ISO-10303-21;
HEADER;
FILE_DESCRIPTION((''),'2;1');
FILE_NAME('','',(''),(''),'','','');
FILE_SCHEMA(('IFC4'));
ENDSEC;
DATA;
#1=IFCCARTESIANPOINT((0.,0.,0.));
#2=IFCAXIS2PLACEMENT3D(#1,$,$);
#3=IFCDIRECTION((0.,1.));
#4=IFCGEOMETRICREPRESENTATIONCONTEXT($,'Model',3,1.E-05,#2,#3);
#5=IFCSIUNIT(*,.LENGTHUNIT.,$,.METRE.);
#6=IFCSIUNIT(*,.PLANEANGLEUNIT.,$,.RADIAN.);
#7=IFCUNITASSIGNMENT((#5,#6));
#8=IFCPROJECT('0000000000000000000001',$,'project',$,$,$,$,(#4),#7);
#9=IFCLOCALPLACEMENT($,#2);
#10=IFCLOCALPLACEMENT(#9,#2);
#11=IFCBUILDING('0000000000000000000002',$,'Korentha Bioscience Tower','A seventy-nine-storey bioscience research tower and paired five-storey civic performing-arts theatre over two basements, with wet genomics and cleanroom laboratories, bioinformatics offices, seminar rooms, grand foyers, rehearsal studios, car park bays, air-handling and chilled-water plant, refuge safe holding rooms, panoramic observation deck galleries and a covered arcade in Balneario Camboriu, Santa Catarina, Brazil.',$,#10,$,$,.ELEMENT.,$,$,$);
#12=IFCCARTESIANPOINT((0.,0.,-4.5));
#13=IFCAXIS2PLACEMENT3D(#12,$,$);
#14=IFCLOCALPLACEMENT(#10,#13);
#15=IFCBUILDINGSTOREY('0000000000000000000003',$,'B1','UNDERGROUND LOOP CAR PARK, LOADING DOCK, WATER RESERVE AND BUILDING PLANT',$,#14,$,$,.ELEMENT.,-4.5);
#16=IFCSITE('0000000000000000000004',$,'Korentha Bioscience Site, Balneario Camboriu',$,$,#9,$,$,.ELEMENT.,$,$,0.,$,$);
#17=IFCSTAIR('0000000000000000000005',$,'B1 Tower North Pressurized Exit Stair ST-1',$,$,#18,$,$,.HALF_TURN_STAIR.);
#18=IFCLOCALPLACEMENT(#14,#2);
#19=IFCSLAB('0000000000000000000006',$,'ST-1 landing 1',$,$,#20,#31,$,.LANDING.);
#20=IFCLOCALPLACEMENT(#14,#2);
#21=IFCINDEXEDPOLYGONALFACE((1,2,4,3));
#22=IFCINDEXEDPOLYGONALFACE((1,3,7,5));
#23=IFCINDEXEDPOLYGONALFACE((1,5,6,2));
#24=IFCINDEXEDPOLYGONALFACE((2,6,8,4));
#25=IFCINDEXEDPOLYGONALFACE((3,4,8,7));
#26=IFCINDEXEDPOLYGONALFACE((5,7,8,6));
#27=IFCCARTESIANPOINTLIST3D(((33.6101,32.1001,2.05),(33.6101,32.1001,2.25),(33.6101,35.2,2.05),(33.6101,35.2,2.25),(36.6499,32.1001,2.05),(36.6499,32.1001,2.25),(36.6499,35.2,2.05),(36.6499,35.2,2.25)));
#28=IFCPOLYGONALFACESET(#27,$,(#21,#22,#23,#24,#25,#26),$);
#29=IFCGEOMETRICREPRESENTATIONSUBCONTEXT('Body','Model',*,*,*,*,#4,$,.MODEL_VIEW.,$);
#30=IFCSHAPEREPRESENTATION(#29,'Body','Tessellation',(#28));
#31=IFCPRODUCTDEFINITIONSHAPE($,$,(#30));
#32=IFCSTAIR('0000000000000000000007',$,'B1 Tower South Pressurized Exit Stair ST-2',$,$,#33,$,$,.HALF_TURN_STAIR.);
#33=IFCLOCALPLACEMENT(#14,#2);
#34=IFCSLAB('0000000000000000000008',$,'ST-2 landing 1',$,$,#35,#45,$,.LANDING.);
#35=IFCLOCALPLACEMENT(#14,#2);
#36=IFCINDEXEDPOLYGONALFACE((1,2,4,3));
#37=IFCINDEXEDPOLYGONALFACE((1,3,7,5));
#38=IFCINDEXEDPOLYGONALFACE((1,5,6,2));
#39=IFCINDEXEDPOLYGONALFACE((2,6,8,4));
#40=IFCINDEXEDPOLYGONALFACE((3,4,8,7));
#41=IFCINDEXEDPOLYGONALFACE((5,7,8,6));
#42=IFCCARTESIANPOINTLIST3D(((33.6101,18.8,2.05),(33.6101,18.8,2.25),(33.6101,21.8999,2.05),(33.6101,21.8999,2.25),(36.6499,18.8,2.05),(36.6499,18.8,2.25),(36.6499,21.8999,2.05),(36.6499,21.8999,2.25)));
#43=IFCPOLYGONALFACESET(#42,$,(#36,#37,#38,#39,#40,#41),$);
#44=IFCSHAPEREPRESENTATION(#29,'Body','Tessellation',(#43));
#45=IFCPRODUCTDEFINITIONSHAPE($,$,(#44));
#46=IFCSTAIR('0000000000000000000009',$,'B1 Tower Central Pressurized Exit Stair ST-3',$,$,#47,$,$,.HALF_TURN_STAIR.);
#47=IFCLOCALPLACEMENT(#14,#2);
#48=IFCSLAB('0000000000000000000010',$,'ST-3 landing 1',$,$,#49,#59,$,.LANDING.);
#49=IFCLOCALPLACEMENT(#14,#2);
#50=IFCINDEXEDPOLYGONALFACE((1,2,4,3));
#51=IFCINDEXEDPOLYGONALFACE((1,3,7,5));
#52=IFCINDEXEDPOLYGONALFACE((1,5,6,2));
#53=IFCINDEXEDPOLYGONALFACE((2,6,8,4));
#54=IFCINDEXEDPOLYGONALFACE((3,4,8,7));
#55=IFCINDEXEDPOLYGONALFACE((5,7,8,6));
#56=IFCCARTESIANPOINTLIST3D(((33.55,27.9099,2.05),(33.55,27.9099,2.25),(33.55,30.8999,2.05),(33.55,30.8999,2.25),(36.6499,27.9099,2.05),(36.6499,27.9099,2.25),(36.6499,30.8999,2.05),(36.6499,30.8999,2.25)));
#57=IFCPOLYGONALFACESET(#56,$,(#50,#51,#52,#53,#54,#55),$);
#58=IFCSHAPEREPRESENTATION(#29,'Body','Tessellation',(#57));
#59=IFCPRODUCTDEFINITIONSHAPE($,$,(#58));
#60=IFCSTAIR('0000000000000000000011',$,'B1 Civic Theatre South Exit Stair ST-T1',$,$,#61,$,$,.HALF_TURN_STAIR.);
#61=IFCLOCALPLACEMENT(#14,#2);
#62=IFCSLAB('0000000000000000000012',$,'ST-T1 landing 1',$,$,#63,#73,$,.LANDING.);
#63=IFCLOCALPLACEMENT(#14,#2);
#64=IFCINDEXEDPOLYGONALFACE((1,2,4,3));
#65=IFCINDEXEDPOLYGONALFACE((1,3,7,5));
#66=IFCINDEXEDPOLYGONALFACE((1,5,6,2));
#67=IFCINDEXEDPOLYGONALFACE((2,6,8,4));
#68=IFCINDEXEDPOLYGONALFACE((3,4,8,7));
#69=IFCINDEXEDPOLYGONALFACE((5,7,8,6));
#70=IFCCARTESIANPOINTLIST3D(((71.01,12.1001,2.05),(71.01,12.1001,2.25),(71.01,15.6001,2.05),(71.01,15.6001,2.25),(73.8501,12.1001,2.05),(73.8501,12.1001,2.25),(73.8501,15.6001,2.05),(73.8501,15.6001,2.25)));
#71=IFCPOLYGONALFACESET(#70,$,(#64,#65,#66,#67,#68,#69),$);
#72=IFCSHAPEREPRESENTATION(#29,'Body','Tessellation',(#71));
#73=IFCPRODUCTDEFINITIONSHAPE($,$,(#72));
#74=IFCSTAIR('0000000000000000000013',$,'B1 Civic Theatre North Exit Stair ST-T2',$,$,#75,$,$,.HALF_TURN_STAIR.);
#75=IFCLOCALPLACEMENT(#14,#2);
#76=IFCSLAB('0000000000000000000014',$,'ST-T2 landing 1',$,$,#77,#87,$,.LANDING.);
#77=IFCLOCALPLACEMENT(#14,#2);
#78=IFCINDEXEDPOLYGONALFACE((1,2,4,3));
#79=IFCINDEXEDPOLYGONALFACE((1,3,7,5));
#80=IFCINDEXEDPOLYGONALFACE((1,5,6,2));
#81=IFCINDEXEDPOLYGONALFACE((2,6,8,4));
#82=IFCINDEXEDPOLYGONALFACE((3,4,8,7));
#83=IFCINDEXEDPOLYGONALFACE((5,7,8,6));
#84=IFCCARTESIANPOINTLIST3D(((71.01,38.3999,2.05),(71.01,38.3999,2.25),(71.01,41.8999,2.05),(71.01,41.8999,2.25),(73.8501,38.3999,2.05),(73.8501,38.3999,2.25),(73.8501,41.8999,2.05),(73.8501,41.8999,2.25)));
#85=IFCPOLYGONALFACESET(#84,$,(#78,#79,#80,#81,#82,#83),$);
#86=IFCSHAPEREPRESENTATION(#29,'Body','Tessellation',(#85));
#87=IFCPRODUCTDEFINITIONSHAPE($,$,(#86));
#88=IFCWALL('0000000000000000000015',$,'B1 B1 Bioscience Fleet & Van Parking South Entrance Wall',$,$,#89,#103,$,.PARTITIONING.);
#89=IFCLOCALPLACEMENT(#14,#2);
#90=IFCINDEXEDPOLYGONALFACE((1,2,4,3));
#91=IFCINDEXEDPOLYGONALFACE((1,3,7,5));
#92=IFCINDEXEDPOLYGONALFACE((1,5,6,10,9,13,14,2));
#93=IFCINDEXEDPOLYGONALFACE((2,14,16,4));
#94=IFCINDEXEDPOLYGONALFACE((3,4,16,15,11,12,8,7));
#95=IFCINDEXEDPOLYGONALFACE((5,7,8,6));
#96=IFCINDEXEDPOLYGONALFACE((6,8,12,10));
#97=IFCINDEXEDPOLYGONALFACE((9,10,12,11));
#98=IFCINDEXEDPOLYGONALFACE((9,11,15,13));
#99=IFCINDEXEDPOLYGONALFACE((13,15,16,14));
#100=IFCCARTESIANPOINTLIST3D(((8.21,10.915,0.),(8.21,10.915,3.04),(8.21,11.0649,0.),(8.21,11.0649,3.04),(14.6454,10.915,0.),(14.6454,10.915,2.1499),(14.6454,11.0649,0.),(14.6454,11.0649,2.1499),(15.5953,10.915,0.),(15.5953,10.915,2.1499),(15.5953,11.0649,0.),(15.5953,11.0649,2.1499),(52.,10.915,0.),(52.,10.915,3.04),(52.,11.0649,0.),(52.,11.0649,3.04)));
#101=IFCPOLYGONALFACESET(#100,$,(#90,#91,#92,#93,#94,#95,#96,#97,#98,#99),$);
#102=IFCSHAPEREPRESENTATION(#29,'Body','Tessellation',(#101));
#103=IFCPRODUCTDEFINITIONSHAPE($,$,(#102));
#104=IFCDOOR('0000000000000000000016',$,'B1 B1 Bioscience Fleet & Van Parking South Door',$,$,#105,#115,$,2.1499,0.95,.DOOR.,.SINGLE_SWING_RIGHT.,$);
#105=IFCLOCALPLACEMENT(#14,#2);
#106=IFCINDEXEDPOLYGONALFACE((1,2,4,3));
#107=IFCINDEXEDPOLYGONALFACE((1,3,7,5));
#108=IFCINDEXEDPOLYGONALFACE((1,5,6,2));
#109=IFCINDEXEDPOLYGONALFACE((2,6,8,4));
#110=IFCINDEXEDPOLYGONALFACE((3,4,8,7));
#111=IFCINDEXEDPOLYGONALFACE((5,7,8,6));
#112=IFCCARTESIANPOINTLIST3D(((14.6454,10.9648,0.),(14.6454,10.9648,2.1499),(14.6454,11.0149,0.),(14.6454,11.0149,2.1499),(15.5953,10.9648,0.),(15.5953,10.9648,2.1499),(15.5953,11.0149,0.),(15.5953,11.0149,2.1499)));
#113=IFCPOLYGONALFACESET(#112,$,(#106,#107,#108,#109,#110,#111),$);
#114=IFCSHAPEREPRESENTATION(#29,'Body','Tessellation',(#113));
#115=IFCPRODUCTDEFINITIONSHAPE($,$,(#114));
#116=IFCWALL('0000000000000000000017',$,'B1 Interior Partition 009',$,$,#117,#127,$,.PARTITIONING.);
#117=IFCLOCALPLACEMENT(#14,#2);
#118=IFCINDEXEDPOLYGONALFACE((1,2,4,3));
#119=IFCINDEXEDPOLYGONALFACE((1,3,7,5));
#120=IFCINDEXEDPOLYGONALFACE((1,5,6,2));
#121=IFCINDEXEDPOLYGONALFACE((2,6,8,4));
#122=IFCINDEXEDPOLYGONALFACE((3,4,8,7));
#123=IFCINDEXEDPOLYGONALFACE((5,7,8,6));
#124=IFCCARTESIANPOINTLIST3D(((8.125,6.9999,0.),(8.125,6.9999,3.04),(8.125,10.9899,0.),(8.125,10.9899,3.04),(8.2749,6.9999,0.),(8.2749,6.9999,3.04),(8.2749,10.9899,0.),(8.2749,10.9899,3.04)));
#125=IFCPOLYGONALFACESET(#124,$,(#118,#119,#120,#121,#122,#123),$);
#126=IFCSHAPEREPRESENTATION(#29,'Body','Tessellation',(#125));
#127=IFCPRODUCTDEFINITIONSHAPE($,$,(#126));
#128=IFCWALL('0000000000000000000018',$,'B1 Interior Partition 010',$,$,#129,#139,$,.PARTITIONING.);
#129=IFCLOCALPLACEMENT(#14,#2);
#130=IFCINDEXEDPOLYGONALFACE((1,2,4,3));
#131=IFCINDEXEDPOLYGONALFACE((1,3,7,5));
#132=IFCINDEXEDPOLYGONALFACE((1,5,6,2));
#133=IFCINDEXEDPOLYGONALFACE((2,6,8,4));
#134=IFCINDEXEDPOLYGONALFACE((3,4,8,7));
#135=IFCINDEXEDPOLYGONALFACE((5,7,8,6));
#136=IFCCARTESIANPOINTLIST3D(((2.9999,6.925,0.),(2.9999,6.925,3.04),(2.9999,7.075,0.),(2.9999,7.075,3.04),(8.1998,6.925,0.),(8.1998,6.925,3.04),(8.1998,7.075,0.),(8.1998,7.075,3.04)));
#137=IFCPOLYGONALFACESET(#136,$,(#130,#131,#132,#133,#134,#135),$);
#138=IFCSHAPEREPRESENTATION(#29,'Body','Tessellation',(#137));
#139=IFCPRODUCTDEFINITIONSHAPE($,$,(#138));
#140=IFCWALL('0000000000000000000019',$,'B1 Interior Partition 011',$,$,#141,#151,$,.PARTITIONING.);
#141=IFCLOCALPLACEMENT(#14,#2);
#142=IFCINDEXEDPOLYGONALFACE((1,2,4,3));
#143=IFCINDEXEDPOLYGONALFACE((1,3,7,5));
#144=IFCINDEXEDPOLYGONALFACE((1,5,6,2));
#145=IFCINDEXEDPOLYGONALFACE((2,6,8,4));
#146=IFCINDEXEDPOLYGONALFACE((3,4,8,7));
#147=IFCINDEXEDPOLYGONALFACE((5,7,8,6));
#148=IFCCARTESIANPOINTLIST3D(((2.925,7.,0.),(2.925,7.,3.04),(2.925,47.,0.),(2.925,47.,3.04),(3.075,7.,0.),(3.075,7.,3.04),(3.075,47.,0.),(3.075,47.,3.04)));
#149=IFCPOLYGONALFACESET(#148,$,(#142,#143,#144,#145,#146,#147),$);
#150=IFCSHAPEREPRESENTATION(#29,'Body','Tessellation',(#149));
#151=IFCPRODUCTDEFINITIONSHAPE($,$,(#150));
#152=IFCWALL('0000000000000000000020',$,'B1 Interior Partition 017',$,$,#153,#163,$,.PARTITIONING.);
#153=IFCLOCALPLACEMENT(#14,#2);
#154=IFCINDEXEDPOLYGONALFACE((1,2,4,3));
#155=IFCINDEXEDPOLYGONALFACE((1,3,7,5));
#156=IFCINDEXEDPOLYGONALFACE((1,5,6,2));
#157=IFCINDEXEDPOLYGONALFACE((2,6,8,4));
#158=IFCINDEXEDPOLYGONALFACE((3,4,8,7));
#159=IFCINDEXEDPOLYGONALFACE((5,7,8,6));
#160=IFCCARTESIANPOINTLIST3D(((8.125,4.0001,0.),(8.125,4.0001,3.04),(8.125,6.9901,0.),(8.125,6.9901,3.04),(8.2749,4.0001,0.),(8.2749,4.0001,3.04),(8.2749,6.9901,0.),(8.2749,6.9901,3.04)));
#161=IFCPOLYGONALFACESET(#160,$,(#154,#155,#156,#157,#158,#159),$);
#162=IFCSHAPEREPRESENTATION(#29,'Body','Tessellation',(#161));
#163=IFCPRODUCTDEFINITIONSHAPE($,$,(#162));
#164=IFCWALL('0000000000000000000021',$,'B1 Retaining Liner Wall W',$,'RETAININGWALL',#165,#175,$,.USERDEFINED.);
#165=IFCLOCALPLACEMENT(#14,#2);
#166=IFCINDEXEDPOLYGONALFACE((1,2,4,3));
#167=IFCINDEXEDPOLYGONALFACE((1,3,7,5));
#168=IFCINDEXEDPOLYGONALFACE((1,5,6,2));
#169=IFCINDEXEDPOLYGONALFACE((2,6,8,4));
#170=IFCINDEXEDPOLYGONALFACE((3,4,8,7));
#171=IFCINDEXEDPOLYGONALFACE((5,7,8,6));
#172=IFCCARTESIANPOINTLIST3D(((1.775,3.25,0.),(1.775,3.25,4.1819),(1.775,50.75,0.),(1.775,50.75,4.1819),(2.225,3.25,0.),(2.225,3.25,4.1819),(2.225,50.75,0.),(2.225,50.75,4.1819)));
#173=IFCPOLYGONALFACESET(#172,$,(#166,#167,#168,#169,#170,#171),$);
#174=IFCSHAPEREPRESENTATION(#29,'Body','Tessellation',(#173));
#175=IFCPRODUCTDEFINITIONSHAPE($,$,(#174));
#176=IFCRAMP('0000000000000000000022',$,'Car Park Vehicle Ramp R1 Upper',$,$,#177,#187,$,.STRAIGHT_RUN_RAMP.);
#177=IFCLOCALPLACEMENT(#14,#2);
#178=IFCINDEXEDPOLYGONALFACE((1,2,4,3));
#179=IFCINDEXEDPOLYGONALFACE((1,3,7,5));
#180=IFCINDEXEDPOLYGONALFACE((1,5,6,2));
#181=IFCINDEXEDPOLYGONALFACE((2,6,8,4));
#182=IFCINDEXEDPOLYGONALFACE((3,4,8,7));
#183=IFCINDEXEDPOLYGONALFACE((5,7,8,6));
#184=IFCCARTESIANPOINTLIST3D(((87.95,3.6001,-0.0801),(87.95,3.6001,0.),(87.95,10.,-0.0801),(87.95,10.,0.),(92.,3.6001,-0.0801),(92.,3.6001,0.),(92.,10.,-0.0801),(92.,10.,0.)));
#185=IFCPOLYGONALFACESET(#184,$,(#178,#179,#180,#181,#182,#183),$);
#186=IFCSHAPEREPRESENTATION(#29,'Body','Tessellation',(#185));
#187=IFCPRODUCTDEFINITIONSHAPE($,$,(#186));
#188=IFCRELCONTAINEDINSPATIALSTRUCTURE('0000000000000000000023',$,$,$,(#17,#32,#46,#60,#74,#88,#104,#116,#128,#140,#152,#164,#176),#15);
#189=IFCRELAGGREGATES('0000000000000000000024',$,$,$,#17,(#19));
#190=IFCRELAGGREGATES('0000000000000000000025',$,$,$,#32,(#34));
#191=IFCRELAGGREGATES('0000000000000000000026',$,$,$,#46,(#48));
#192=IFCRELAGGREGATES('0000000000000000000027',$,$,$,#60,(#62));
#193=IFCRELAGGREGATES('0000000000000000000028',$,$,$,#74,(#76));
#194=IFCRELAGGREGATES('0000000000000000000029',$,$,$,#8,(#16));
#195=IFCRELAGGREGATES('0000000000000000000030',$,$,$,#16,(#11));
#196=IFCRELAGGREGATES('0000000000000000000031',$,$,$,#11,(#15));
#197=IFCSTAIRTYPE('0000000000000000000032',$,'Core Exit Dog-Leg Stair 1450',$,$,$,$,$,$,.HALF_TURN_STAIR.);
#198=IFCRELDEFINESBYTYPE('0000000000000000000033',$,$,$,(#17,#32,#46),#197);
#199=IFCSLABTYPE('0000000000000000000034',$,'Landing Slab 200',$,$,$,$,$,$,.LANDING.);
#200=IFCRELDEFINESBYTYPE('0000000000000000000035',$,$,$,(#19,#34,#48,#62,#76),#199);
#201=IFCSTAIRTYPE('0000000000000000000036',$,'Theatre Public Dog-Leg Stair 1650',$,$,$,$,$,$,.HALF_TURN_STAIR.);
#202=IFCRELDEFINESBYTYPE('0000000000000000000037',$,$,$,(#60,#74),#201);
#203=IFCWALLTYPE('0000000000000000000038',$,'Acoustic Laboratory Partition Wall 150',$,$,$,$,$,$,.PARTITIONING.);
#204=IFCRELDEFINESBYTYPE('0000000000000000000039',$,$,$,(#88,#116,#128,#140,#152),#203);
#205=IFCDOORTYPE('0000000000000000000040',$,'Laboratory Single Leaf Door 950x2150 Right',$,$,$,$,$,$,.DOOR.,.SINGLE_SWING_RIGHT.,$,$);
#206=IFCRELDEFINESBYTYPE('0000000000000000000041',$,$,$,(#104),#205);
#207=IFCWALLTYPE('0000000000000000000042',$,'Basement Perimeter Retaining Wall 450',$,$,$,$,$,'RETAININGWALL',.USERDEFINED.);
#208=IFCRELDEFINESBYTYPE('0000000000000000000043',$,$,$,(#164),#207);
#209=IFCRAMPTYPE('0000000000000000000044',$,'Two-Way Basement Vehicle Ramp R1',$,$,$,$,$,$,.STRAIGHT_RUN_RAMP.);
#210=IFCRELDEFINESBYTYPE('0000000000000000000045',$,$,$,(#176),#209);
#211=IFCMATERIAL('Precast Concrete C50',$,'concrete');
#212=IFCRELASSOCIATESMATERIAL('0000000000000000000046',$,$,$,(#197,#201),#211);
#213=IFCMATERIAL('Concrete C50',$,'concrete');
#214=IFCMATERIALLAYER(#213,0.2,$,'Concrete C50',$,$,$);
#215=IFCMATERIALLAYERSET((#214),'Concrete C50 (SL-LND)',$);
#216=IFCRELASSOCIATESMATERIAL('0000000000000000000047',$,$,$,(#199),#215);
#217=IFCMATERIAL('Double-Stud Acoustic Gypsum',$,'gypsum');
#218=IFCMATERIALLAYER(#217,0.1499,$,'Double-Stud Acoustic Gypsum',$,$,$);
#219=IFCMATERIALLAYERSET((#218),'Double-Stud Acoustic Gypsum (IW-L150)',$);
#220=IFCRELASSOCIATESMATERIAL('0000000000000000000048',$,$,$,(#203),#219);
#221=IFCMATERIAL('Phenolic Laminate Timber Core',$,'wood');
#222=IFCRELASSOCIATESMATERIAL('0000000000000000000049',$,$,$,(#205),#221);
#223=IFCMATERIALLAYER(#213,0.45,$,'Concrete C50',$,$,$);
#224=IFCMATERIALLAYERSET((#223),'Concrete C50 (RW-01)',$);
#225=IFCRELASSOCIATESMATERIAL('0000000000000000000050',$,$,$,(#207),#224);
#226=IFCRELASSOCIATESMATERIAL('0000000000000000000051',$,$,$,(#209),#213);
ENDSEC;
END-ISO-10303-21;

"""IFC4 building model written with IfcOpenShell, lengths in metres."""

from ifc_helpers import new_model, si_unit, direction, frame, frame_2d, origin, place, context, subcontext, project, spatial, polyline, rectangle, outline, extrude, material, layer, layer_set, type_object, element, fill, aggregate, save


model = new_model("IFC4")

# Units and contexts
model_context = context("Model", 3, precision=1e-05, world=origin(), true_north=direction((0.0, 1.0)))
body_context = subcontext(model_context, "Body", "Model", "MODEL_VIEW")
ifc_project = project(units=[si_unit("LENGTHUNIT", "METRE"), si_unit("PLANEANGLEUNIT", "RADIAN")], contexts=[model_context])

# Site, building, storey
site_placement = place(None, origin())
site = spatial("IfcSite", under=ifc_project, at=site_placement, Name="Korentha Bioscience Site, Balneario Camboriu", CompositionType="ELEMENT", RefElevation=0.0)
building_placement = place(site_placement, origin())
building = spatial("IfcBuilding", under=site, at=building_placement, Name="Korentha Bioscience Tower", Description="A seventy-nine-storey bioscience research tower and paired five-storey civic performing-arts theatre over two basements, with wet genomics and cleanroom laboratories, bioinformatics offices, seminar rooms, grand foyers, rehearsal studios, car park bays, air-handling and chilled-water plant, refuge safe holding rooms, panoramic observation deck galleries and a covered arcade in Balneario Camboriu, Santa Catarina, Brazil.", CompositionType="ELEMENT")
storey_placement = place(building_placement, frame((0.0, 0.0, -4.5)))
storey = spatial("IfcBuildingStorey", under=building, at=storey_placement, Name="B1", Description="UNDERGROUND LOOP CAR PARK, LOADING DOCK, WATER RESERVE AND BUILDING PLANT", CompositionType="ELEMENT", Elevation=-4.5)

# Shared definitions
ifc_material_1 = material(Name="Concrete C50", Category="concrete")

# Stairs, slabs
ifc_material_2 = material(Name="Precast Concrete C50", Category="concrete")
stair_type_1 = type_object("IfcStairType", Name="Core Exit Dog-Leg Stair 1450", PredefinedType="HALF_TURN_STAIR", material=ifc_material_2)
stair_1_placement = place(storey_placement, origin())
stair_1 = element("IfcStair", 1, at=stair_1_placement, inside=storey, type_object=stair_type_1, Name="B1 Tower North Pressurized Exit Stair ST-1", PredefinedType="HALF_TURN_STAIR")
ifc_layer_1 = layer(ifc_material_1, 0.2, Name="Concrete C50")
ifc_layer_set_1 = layer_set([ifc_layer_1], Name="Concrete C50 (SL-LND)")
slab_type_1 = type_object("IfcSlabType", Name="Landing Slab 200", PredefinedType="LANDING", material=ifc_layer_set_1)
slab_1_placement = place(storey_placement, frame((0.0, 0.0, 2.05)))
slab_1 = element("IfcSlab", 2, at=slab_1_placement, type_object=slab_type_1, Name="ST-1 landing 1", PredefinedType="LANDING", context=body_context, shape_type="SweptSolid", body=[
    extrude(outline(polyline([(33.6101, 32.1001), (36.6499, 32.1001), (36.6499, 35.2), (33.6101, 35.2), (33.6101, 32.1001)])), origin(), (0.0, 0.0, 1.0), 0.2),
])
aggregate(stair_1, [slab_1])
stair_2_placement = place(storey_placement, origin())
stair_2 = element("IfcStair", 3, at=stair_2_placement, inside=storey, type_object=stair_type_1, Name="B1 Tower South Pressurized Exit Stair ST-2", PredefinedType="HALF_TURN_STAIR")
slab_2_placement = place(storey_placement, frame((0.0, 0.0, 2.05)))
slab_2 = element("IfcSlab", 4, at=slab_2_placement, type_object=slab_type_1, Name="ST-2 landing 1", PredefinedType="LANDING", context=body_context, shape_type="SweptSolid", body=[
    extrude(outline(polyline([(33.6101, 18.8), (36.6499, 18.8), (36.6499, 21.8999), (33.6101, 21.8999), (33.6101, 18.8)])), origin(), (0.0, 0.0, 1.0), 0.2),
])
aggregate(stair_2, [slab_2])
stair_3_placement = place(storey_placement, origin())
stair_3 = element("IfcStair", 5, at=stair_3_placement, inside=storey, type_object=stair_type_1, Name="B1 Tower Central Pressurized Exit Stair ST-3", PredefinedType="HALF_TURN_STAIR")
slab_3_placement = place(storey_placement, frame((0.0, 0.0, 2.05)))
slab_3 = element("IfcSlab", 6, at=slab_3_placement, type_object=slab_type_1, Name="ST-3 landing 1", PredefinedType="LANDING", context=body_context, shape_type="SweptSolid", body=[
    extrude(outline(polyline([(36.6499, 27.9099), (36.6499, 30.8999), (33.55, 30.8999), (33.55, 27.9099), (36.6499, 27.9099)])), origin(), (0.0, 0.0, 1.0), 0.2),
])
aggregate(stair_3, [slab_3])
stair_type_2 = type_object("IfcStairType", Name="Theatre Public Dog-Leg Stair 1650", PredefinedType="HALF_TURN_STAIR", material=ifc_material_2)
stair_4_placement = place(storey_placement, origin())
stair_4 = element("IfcStair", 7, at=stair_4_placement, inside=storey, type_object=stair_type_2, Name="B1 Civic Theatre South Exit Stair ST-T1", PredefinedType="HALF_TURN_STAIR")
slab_4_placement = place(storey_placement, frame((0.0, 0.0, 2.05)))
slab_4 = element("IfcSlab", 8, at=slab_4_placement, type_object=slab_type_1, Name="ST-T1 landing 1", PredefinedType="LANDING", context=body_context, shape_type="SweptSolid", body=[
    extrude(outline(polyline([(71.01, 12.1001), (73.8501, 12.1001), (73.8501, 15.6001), (71.01, 15.6001), (71.01, 12.1001)])), origin(), (0.0, 0.0, 1.0), 0.2),
])
aggregate(stair_4, [slab_4])
stair_5_placement = place(storey_placement, origin())
stair_5 = element("IfcStair", 9, at=stair_5_placement, inside=storey, type_object=stair_type_2, Name="B1 Civic Theatre North Exit Stair ST-T2", PredefinedType="HALF_TURN_STAIR")
slab_5_placement = place(storey_placement, frame((0.0, 0.0, 2.05)))
slab_5 = element("IfcSlab", 10, at=slab_5_placement, type_object=slab_type_1, Name="ST-T2 landing 1", PredefinedType="LANDING", context=body_context, shape_type="SweptSolid", body=[
    extrude(outline(polyline([(71.01, 38.3999), (73.8501, 38.3999), (73.8501, 41.8999), (71.01, 41.8999), (71.01, 38.3999)])), origin(), (0.0, 0.0, 1.0), 0.2),
])
aggregate(stair_5, [slab_5])

# Wall, opening, door
ifc_material_3 = material(Name="Double-Stud Acoustic Gypsum", Category="gypsum")
ifc_layer_2 = layer(ifc_material_3, 0.1499, Name="Double-Stud Acoustic Gypsum")
ifc_layer_set_2 = layer_set([ifc_layer_2], Name="Double-Stud Acoustic Gypsum (IW-L150)")
wall_type_1 = type_object("IfcWallType", Name="Acoustic Laboratory Partition Wall 150", PredefinedType="PARTITIONING", material=ifc_layer_set_2)
wall_1_placement = place(storey_placement, frame((8.21, 10.99, 0.0), z_axis=(0.0, 0.0, 1.0), x_axis=(1.0, 0.0, 0.0)))
wall_1 = element("IfcWall", 11, at=wall_1_placement, inside=storey, type_object=wall_type_1, Name="B1 B1 Bioscience Fleet & Van Parking South Entrance Wall", PredefinedType="PARTITIONING", context=body_context, shape_type="SweptSolid", body=[
    extrude(rectangle(XDim=43.79, YDim=0.1499, at=frame_2d((21.895, 0.0))), origin(), (0.0, 0.0, 1.0), 3.04),
])
opening_placement = place(wall_1_placement, frame((6.4353, 0.0, 0.0)))
opening = element("IfcOpeningElement", 12, at=opening_placement, cuts=wall_1, PredefinedType="OPENING", context=body_context, shape_type="SweptSolid", body=[
    extrude(rectangle(XDim=0.95, YDim=2.1499, at=frame_2d((0.4751, 1.075))), frame((0.0, 0.0898, 0.0), z_axis=(0.0, -1.0, 0.0), x_axis=(1.0, 0.0, 0.0)), (0.0, 0.0, 1.0), 0.1797),
])
ifc_material_4 = material(Name="Phenolic Laminate Timber Core", Category="wood")
door_type = type_object("IfcDoorType", Name="Laboratory Single Leaf Door 950x2150 Right", OperationType="SINGLE_SWING_RIGHT", PredefinedType="DOOR", material=ifc_material_4)
door_placement = place(opening_placement, origin())
door = element("IfcDoor", 13, at=door_placement, inside=storey, type_object=door_type, Name="B1 B1 Bioscience Fleet & Van Parking South Door", OperationType="SINGLE_SWING_RIGHT", OverallHeight=2.1499, OverallWidth=0.95, PredefinedType="DOOR", context=body_context, shape_type="SweptSolid", body=[
    extrude(rectangle(XDim=0.95, YDim=2.1499, at=frame_2d((0.4751, 1.075))), frame((0.0, 0.0249, 0.0), z_axis=(0.0, -1.0, 0.0), x_axis=(1.0, 0.0, 0.0)), (0.0, 0.0, 1.0), 0.05),
])
fill(opening, door)

# Walls
wall_2_placement = place(storey_placement, frame((8.2, 10.99, 0.0), z_axis=(0.0, 0.0, 1.0), x_axis=(0.0, -1.0, 0.0)))
element("IfcWall", 14, at=wall_2_placement, inside=storey, type_object=wall_type_1, Name="B1 Interior Partition 009", PredefinedType="PARTITIONING", context=body_context, shape_type="SweptSolid", body=[
    extrude(rectangle(XDim=3.99, YDim=0.1499, at=frame_2d((1.9951, 0.0))), origin(), (0.0, 0.0, 1.0), 3.04),
])
wall_3_placement = place(storey_placement, frame((8.2, 7.0, 0.0), z_axis=(0.0, 0.0, 1.0), x_axis=(-1.0, 0.0, 0.0)))
element("IfcWall", 15, at=wall_3_placement, inside=storey, type_object=wall_type_1, Name="B1 Interior Partition 010", PredefinedType="PARTITIONING", context=body_context, shape_type="SweptSolid", body=[
    extrude(rectangle(XDim=5.2, YDim=0.1499, at=frame_2d((2.6001, 0.0))), origin(), (0.0, 0.0, 1.0), 3.04),
])
wall_4_placement = place(storey_placement, frame((3.0, 7.0, 0.0), z_axis=(0.0, 0.0, 1.0), x_axis=(0.0, 1.0, 0.0)))
element("IfcWall", 16, at=wall_4_placement, inside=storey, type_object=wall_type_1, Name="B1 Interior Partition 011", PredefinedType="PARTITIONING", context=body_context, shape_type="SweptSolid", body=[
    extrude(rectangle(XDim=40.0, YDim=0.1499, at=frame_2d((20.0, 0.0))), origin(), (0.0, 0.0, 1.0), 3.04),
])
wall_5_placement = place(storey_placement, frame((8.2, 4.0, 0.0), z_axis=(0.0, 0.0, 1.0), x_axis=(0.0, 1.0, 0.0)))
element("IfcWall", 17, at=wall_5_placement, inside=storey, type_object=wall_type_1, Name="B1 Interior Partition 017", PredefinedType="PARTITIONING", context=body_context, shape_type="SweptSolid", body=[
    extrude(rectangle(XDim=2.99, YDim=0.1499, at=frame_2d((1.4951, 0.0))), origin(), (0.0, 0.0, 1.0), 3.04),
])
ifc_layer_3 = layer(ifc_material_1, 0.45, Name="Concrete C50")
ifc_layer_set_3 = layer_set([ifc_layer_3], Name="Concrete C50 (RW-01)")
wall_type_2 = type_object("IfcWallType", Name="Basement Perimeter Retaining Wall 450", ElementType="RETAININGWALL", PredefinedType="USERDEFINED", material=ifc_layer_set_3)
wall_6_placement = place(storey_placement, frame((2.0, 3.25, 0.0), z_axis=(0.0, 0.0, 1.0), x_axis=(0.0, 1.0, 0.0)))
element("IfcWall", 18, at=wall_6_placement, inside=storey, type_object=wall_type_2, Name="B1 Retaining Liner Wall W", ObjectType="RETAININGWALL", PredefinedType="USERDEFINED", context=body_context, shape_type="SweptSolid", body=[
    extrude(rectangle(XDim=47.5, YDim=0.45, at=frame_2d((23.75, 0.0))), origin(), (0.0, 0.0, 1.0), 4.1819),
])

# Ramp
ramp_type = type_object("IfcRampType", Name="Two-Way Basement Vehicle Ramp R1", PredefinedType="STRAIGHT_RUN_RAMP", material=ifc_material_1)
ramp_placement = place(storey_placement, frame((0.0, 0.0, -0.0801)))
element("IfcRamp", 19, at=ramp_placement, inside=storey, type_object=ramp_type, Name="Car Park Vehicle Ramp R1 Upper", PredefinedType="STRAIGHT_RUN_RAMP", context=body_context, shape_type="SweptSolid", body=[
    extrude(outline(polyline([(87.95, 3.6001), (92.0, 3.6001), (92.0, 10.0), (87.95, 10.0), (87.95, 3.6001)])), origin(), (0.0, 0.0, 1.0), 0.0801),
])

save(model, "model.ifc")
